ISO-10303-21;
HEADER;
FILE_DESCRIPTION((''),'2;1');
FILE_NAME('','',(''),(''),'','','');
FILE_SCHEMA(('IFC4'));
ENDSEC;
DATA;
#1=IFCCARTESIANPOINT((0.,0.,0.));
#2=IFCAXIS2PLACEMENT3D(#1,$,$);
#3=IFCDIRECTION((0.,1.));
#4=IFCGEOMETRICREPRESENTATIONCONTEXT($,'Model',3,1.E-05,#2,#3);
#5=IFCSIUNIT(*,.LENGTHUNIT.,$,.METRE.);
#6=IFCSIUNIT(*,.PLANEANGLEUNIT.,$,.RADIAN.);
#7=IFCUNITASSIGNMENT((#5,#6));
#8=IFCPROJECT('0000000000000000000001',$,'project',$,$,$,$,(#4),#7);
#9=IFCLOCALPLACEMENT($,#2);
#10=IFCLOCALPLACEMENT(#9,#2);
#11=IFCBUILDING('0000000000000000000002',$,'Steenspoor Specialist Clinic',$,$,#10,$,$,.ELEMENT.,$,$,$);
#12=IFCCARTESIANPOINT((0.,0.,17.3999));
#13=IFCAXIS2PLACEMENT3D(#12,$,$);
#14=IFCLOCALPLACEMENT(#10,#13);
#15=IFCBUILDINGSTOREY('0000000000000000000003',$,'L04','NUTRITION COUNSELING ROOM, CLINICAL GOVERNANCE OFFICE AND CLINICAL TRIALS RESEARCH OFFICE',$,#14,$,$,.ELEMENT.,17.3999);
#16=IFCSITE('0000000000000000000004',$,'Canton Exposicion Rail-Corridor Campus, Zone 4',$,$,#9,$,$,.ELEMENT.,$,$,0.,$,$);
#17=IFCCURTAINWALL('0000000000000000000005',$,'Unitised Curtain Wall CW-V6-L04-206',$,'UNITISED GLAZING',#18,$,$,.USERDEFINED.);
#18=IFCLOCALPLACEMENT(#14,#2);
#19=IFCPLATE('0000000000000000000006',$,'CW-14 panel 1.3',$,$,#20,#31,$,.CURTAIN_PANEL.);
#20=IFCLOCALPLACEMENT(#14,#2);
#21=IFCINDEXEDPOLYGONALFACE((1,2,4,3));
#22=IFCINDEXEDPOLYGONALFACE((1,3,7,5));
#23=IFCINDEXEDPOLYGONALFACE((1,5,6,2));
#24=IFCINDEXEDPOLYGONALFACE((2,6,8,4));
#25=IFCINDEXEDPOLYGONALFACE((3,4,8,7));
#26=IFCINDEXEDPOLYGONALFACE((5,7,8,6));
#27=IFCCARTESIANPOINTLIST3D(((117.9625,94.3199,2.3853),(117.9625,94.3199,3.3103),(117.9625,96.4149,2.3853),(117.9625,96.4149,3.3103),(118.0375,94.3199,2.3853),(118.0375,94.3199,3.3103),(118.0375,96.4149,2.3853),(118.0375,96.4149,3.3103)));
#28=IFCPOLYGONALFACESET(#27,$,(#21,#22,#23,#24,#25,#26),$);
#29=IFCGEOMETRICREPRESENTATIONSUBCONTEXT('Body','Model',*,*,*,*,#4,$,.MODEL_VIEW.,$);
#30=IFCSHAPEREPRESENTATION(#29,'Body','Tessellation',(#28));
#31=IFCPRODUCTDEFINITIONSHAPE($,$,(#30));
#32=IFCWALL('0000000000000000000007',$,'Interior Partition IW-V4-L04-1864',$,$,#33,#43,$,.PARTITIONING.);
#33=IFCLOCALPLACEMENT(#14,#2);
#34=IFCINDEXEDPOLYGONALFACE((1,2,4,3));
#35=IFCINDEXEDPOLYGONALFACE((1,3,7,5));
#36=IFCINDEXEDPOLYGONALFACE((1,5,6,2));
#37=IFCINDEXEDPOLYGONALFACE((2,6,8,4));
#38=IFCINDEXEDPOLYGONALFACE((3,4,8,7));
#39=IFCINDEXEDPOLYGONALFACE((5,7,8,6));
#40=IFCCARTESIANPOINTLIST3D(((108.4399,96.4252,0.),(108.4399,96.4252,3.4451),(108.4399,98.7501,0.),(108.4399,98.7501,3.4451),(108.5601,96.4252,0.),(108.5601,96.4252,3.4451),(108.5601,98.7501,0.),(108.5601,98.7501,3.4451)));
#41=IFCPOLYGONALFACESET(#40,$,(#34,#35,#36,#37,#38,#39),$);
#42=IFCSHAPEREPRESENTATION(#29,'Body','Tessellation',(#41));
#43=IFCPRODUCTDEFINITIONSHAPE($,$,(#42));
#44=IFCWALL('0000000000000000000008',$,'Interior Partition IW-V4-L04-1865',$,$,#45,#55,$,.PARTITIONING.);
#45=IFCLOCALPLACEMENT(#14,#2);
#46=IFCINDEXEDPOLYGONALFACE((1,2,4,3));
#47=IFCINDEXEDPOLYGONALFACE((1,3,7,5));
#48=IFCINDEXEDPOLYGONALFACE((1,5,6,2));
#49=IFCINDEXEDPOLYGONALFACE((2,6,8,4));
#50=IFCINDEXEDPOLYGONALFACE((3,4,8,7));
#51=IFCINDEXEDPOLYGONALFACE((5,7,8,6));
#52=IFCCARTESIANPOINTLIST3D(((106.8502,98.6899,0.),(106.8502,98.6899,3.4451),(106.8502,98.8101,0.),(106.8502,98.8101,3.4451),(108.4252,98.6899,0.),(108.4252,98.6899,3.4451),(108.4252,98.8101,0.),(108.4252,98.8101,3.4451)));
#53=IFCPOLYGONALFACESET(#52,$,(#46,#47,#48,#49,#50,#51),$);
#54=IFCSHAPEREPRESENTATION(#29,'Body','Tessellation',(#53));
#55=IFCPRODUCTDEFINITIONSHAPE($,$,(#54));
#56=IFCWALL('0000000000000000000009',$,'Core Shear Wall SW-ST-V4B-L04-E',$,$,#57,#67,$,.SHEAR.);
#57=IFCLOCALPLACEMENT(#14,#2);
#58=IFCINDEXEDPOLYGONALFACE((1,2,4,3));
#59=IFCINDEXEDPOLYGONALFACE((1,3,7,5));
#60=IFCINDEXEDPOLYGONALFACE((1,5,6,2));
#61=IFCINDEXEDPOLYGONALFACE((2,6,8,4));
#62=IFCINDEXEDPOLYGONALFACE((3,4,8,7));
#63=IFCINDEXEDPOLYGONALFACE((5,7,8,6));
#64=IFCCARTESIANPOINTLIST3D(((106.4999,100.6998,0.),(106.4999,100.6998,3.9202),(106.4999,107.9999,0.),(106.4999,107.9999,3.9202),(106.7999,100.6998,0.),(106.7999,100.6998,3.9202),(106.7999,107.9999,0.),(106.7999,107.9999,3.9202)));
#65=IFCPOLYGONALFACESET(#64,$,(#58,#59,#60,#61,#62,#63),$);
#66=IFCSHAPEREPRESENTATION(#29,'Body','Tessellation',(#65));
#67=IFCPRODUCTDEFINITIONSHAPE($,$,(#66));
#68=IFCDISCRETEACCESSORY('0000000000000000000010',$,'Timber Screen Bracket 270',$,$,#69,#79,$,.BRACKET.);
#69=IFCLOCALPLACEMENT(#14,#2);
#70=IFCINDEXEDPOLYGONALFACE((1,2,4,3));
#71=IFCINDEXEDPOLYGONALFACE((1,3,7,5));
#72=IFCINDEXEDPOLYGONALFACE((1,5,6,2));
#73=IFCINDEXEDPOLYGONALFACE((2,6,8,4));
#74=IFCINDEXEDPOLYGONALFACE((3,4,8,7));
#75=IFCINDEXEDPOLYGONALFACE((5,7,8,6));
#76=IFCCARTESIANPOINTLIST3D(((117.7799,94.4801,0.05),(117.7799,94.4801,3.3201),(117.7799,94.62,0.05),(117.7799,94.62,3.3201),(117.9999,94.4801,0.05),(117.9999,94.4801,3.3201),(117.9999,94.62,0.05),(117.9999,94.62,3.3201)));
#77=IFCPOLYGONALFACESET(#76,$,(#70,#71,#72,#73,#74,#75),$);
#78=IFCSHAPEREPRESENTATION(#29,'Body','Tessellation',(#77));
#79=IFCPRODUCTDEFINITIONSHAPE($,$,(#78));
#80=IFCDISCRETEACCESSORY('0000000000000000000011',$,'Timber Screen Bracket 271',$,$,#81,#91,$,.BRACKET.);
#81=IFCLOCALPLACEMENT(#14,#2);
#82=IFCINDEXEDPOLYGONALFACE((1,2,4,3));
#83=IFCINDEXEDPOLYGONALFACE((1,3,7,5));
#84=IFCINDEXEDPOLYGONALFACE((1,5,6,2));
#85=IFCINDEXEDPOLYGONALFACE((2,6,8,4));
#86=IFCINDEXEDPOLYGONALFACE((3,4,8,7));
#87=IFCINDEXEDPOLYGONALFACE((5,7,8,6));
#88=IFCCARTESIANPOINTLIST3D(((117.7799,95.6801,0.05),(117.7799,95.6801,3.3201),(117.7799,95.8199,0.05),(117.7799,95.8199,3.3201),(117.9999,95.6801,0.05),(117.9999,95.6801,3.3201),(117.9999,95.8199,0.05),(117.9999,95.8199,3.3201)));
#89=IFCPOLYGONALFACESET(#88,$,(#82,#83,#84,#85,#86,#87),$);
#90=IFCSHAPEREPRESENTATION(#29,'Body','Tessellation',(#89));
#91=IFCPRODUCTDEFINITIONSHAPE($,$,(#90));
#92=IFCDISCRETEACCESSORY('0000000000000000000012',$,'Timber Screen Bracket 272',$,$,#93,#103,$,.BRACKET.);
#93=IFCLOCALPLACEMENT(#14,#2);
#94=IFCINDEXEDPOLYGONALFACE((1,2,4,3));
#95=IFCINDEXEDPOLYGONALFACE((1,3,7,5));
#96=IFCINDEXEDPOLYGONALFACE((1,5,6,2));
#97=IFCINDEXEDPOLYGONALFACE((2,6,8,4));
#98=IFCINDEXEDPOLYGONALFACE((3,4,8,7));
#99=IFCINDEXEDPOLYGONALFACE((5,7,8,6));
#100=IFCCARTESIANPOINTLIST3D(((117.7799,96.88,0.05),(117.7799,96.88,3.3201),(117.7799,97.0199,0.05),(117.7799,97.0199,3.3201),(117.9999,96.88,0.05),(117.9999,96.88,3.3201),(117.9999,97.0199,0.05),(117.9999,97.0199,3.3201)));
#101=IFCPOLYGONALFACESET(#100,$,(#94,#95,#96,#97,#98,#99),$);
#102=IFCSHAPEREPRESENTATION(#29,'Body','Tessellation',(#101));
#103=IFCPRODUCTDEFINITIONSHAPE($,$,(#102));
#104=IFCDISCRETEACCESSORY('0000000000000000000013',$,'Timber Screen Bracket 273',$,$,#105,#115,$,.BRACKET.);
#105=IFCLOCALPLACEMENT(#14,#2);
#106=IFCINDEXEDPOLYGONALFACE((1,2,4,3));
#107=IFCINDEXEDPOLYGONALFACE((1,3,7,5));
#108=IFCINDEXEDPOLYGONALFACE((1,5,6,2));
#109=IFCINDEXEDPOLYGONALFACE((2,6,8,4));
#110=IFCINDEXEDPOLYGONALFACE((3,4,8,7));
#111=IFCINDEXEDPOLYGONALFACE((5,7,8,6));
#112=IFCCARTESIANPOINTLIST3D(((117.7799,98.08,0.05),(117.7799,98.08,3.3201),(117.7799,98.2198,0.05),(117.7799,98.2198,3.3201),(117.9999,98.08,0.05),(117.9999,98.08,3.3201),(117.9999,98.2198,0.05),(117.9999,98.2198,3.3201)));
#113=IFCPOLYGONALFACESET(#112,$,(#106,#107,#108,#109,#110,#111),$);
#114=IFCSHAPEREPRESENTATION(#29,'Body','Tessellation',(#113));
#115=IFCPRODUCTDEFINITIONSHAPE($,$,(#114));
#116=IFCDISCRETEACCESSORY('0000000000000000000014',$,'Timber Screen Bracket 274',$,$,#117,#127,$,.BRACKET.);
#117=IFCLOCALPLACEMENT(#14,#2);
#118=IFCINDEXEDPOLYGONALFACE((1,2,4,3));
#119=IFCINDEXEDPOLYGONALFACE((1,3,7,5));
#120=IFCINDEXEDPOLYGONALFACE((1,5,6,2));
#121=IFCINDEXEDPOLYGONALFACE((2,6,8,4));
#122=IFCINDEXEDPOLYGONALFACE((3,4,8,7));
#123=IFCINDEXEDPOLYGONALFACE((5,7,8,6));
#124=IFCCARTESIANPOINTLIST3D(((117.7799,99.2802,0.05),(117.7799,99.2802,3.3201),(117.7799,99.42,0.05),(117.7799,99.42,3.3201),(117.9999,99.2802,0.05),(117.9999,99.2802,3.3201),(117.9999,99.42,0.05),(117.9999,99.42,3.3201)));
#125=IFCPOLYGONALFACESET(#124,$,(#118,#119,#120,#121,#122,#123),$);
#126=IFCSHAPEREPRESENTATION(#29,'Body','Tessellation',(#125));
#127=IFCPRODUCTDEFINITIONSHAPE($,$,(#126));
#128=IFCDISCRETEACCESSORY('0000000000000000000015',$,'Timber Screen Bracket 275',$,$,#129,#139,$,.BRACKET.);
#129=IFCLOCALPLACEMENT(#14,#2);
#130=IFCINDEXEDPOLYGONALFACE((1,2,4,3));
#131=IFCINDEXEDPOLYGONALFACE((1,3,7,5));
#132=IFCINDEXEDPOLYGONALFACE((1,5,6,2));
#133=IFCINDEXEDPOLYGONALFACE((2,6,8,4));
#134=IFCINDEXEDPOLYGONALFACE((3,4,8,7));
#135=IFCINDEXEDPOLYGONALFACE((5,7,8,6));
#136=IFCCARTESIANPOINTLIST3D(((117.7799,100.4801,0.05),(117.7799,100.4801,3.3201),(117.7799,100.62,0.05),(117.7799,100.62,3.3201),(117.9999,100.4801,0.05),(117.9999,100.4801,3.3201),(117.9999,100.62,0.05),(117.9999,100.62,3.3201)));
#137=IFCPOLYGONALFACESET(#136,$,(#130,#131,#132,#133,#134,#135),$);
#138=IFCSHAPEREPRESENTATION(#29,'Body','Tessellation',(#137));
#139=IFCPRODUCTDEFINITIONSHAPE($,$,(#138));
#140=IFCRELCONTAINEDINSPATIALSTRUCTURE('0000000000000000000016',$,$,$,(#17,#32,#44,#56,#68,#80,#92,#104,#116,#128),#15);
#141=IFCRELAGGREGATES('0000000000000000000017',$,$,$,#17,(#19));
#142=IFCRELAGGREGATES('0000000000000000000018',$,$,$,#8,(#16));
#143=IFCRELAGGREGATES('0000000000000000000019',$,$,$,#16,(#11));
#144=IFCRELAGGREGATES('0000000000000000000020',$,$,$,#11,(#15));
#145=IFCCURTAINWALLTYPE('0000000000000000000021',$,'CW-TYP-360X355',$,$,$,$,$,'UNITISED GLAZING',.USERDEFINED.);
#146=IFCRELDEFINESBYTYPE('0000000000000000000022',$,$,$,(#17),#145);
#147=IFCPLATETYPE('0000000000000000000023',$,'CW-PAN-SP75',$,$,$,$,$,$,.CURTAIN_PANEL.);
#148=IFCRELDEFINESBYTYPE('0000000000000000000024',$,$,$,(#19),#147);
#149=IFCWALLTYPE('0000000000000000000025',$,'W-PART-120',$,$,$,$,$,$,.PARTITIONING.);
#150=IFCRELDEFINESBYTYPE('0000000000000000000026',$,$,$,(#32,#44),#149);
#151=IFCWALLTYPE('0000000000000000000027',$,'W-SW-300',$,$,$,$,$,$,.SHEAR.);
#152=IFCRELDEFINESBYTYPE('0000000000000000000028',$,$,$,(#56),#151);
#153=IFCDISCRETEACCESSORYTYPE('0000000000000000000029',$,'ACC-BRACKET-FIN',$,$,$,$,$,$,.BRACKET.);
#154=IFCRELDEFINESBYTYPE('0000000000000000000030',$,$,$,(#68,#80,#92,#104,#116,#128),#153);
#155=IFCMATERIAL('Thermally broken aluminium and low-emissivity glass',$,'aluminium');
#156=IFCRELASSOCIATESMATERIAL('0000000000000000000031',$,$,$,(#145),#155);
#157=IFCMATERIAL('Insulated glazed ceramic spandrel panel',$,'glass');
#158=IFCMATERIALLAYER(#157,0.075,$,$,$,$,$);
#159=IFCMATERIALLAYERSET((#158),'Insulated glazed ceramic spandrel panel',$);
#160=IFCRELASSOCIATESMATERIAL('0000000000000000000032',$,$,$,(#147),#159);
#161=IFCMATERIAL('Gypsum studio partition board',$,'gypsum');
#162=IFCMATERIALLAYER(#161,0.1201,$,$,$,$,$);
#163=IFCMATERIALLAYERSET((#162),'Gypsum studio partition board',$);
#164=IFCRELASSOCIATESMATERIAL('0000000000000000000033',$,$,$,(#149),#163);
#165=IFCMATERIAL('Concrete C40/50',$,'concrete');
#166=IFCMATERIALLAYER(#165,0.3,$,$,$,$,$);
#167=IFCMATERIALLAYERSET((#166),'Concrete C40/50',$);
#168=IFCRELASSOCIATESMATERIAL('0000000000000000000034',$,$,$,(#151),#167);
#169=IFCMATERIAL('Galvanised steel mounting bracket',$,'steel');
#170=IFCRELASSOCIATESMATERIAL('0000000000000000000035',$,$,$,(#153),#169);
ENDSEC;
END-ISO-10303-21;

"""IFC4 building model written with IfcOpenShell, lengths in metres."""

from ifc_helpers import new_model, si_unit, direction, frame, frame_2d, origin, origin_2d, place, context, subcontext, project, spatial, rectangle, extrude, material, layer, layer_set, type_object, element, aggregate, save


model = new_model("IFC4")

# Units and contexts
model_context = context("Model", 3, precision=1e-05, world=origin(), true_north=direction((0.0, 1.0)))
body_context = subcontext(model_context, "Body", "Model", "MODEL_VIEW")
ifc_project = project(units=[si_unit("LENGTHUNIT", "METRE"), si_unit("PLANEANGLEUNIT", "RADIAN")], contexts=[model_context])

# Site, building, storey
site_placement = place(None, origin())
site = spatial("IfcSite", under=ifc_project, at=site_placement, Name="Canton Exposicion Rail-Corridor Campus, Zone 4", CompositionType="ELEMENT", RefElevation=0.0)
building_placement = place(site_placement, origin())
building = spatial("IfcBuilding", under=site, at=building_placement, Name="Steenspoor Specialist Clinic", CompositionType="ELEMENT")
storey_placement = place(building_placement, frame((0.0, 0.0, 17.3999)))
storey = spatial("IfcBuildingStorey", under=building, at=storey_placement, Name="L04", Description="NUTRITION COUNSELING ROOM, CLINICAL GOVERNANCE OFFICE AND CLINICAL TRIALS RESEARCH OFFICE", CompositionType="ELEMENT", Elevation=17.3999)

# Curtain wall
ifc_material_1 = material(Name="Thermally broken aluminium and low-emissivity glass", Category="aluminium")
curtain_wall_type = type_object("IfcCurtainWallType", Name="CW-TYP-360X355", ElementType="UNITISED GLAZING", PredefinedType="USERDEFINED", material=ifc_material_1)
curtain_wall_placement = place(storey_placement, origin())
curtain_wall = element("IfcCurtainWall", 1, at=curtain_wall_placement, inside=storey, type_object=curtain_wall_type, Name="Unitised Curtain Wall CW-V6-L04-206", ObjectType="UNITISED GLAZING", PredefinedType="USERDEFINED")

# Plate
ifc_material_2 = material(Name="Insulated glazed ceramic spandrel panel", Category="glass")
ifc_layer_1 = layer(ifc_material_2, 0.075)
ifc_layer_set_1 = layer_set([ifc_layer_1], Name="Insulated glazed ceramic spandrel panel")
plate_type = type_object("IfcPlateType", Name="CW-PAN-SP75", PredefinedType="CURTAIN_PANEL", material=ifc_layer_set_1)
plate_1_placement = place(storey_placement, frame((118.0, 95.3674, 2.3853), z_axis=(0.0, 0.0, 1.0), x_axis=(0.0, 1.0, 0.0)))
plate_1 = element("IfcPlate", 2, at=plate_1_placement, type_object=plate_type, Name="CW-14 panel 1.3", PredefinedType="CURTAIN_PANEL", context=body_context, shape_type="SweptSolid", body=[
    extrude(rectangle(XDim=2.095, YDim=0.075, at=origin_2d()), origin(), (0.0, 0.0, 1.0), 0.925),
])
aggregate(curtain_wall, [plate_1])

# Walls
ifc_material_3 = material(Name="Gypsum studio partition board", Category="gypsum")
ifc_layer_2 = layer(ifc_material_3, 0.1201)
ifc_layer_set_2 = layer_set([ifc_layer_2], Name="Gypsum studio partition board")
wall_type_1 = type_object("IfcWallType", Name="W-PART-120", PredefinedType="PARTITIONING", material=ifc_layer_set_2)
wall_1_placement = place(storey_placement, frame((108.5, 96.425, 0.0), z_axis=(0.0, 0.0, 1.0), x_axis=(0.0, 1.0, 0.0)))
element("IfcWall", 3, at=wall_1_placement, inside=storey, type_object=wall_type_1, Name="Interior Partition IW-V4-L04-1864", PredefinedType="PARTITIONING", context=body_context, shape_type="SweptSolid", body=[
    extrude(rectangle(XDim=2.325, YDim=0.1201, at=frame_2d((1.1626, 0.0))), origin(), (0.0, 0.0, 1.0), 3.4451),
])
wall_2_placement = place(storey_placement, frame((106.8501, 98.75, 0.0), z_axis=(0.0, 0.0, 1.0), x_axis=(1.0, 0.0, 0.0)))
element("IfcWall", 4, at=wall_2_placement, inside=storey, type_object=wall_type_1, Name="Interior Partition IW-V4-L04-1865", PredefinedType="PARTITIONING", context=body_context, shape_type="SweptSolid", body=[
    extrude(rectangle(XDim=1.575, YDim=0.1201, at=frame_2d((0.7876, 0.0))), origin(), (0.0, 0.0, 1.0), 3.4451),
])
ifc_material_4 = material(Name="Concrete C40/50", Category="concrete")
ifc_layer_3 = layer(ifc_material_4, 0.3)
ifc_layer_set_3 = layer_set([ifc_layer_3], Name="Concrete C40/50")
wall_type_2 = type_object("IfcWallType", Name="W-SW-300", PredefinedType="SHEAR", material=ifc_layer_set_3)
wall_3_placement = place(storey_placement, frame((106.6499, 100.7, 0.0), z_axis=(0.0, 0.0, 1.0), x_axis=(0.0, 1.0, 0.0)))
element("IfcWall", 5, at=wall_3_placement, inside=storey, type_object=wall_type_2, Name="Core Shear Wall SW-ST-V4B-L04-E", PredefinedType="SHEAR", context=body_context, shape_type="SweptSolid", body=[
    extrude(rectangle(XDim=7.3, YDim=0.3, at=frame_2d((3.6499, 0.0))), origin(), (0.0, 0.0, 1.0), 3.9202),
])

# Discrete accessories
ifc_material_5 = material(Name="Galvanised steel mounting bracket", Category="steel")
discrete_accessory_type = type_object("IfcDiscreteAccessoryType", Name="ACC-BRACKET-FIN", PredefinedType="BRACKET", material=ifc_material_5)
for number, where, z_axis, x_axis, name in (
    (6, (117.8899, 94.55, 0.05), (0.0, 0.0, 1.0), (-1.0, 0.0, 0.0), "Timber Screen Bracket 270"),
    (7, (117.8899, 95.75, 0.05), (0.0, 0.0, 1.0), (-1.0, 0.0, 0.0), "Timber Screen Bracket 271"),
    (8, (117.8899, 96.95, 0.05), (0.0, 0.0, 1.0), (-1.0, 0.0, 0.0), "Timber Screen Bracket 272"),
    (9, (117.8899, 98.1499, 0.05), (0.0, 0.0, 1.0), (-1.0, 0.0, 0.0), "Timber Screen Bracket 273"),
    (10, (117.8899, 99.3501, 0.05), (0.0, 0.0, 1.0), (-1.0, 0.0, 0.0), "Timber Screen Bracket 274"),
    (11, (117.8899, 100.55, 0.05), (0.0, 0.0, 1.0), (-1.0, 0.0, 0.0), "Timber Screen Bracket 275"),
):
    element("IfcDiscreteAccessory", number, at=place(storey_placement, frame(where, z_axis=z_axis, x_axis=x_axis)), inside=storey, type_object=discrete_accessory_type, Name=name, PredefinedType="BRACKET", context=body_context, shape_type="SweptSolid", body=[
        extrude(rectangle(XDim=0.22, YDim=0.1399, at=origin_2d()), origin(), (0.0, 0.0, 1.0), 3.27),
    ])

save(model, "model.ifc")
